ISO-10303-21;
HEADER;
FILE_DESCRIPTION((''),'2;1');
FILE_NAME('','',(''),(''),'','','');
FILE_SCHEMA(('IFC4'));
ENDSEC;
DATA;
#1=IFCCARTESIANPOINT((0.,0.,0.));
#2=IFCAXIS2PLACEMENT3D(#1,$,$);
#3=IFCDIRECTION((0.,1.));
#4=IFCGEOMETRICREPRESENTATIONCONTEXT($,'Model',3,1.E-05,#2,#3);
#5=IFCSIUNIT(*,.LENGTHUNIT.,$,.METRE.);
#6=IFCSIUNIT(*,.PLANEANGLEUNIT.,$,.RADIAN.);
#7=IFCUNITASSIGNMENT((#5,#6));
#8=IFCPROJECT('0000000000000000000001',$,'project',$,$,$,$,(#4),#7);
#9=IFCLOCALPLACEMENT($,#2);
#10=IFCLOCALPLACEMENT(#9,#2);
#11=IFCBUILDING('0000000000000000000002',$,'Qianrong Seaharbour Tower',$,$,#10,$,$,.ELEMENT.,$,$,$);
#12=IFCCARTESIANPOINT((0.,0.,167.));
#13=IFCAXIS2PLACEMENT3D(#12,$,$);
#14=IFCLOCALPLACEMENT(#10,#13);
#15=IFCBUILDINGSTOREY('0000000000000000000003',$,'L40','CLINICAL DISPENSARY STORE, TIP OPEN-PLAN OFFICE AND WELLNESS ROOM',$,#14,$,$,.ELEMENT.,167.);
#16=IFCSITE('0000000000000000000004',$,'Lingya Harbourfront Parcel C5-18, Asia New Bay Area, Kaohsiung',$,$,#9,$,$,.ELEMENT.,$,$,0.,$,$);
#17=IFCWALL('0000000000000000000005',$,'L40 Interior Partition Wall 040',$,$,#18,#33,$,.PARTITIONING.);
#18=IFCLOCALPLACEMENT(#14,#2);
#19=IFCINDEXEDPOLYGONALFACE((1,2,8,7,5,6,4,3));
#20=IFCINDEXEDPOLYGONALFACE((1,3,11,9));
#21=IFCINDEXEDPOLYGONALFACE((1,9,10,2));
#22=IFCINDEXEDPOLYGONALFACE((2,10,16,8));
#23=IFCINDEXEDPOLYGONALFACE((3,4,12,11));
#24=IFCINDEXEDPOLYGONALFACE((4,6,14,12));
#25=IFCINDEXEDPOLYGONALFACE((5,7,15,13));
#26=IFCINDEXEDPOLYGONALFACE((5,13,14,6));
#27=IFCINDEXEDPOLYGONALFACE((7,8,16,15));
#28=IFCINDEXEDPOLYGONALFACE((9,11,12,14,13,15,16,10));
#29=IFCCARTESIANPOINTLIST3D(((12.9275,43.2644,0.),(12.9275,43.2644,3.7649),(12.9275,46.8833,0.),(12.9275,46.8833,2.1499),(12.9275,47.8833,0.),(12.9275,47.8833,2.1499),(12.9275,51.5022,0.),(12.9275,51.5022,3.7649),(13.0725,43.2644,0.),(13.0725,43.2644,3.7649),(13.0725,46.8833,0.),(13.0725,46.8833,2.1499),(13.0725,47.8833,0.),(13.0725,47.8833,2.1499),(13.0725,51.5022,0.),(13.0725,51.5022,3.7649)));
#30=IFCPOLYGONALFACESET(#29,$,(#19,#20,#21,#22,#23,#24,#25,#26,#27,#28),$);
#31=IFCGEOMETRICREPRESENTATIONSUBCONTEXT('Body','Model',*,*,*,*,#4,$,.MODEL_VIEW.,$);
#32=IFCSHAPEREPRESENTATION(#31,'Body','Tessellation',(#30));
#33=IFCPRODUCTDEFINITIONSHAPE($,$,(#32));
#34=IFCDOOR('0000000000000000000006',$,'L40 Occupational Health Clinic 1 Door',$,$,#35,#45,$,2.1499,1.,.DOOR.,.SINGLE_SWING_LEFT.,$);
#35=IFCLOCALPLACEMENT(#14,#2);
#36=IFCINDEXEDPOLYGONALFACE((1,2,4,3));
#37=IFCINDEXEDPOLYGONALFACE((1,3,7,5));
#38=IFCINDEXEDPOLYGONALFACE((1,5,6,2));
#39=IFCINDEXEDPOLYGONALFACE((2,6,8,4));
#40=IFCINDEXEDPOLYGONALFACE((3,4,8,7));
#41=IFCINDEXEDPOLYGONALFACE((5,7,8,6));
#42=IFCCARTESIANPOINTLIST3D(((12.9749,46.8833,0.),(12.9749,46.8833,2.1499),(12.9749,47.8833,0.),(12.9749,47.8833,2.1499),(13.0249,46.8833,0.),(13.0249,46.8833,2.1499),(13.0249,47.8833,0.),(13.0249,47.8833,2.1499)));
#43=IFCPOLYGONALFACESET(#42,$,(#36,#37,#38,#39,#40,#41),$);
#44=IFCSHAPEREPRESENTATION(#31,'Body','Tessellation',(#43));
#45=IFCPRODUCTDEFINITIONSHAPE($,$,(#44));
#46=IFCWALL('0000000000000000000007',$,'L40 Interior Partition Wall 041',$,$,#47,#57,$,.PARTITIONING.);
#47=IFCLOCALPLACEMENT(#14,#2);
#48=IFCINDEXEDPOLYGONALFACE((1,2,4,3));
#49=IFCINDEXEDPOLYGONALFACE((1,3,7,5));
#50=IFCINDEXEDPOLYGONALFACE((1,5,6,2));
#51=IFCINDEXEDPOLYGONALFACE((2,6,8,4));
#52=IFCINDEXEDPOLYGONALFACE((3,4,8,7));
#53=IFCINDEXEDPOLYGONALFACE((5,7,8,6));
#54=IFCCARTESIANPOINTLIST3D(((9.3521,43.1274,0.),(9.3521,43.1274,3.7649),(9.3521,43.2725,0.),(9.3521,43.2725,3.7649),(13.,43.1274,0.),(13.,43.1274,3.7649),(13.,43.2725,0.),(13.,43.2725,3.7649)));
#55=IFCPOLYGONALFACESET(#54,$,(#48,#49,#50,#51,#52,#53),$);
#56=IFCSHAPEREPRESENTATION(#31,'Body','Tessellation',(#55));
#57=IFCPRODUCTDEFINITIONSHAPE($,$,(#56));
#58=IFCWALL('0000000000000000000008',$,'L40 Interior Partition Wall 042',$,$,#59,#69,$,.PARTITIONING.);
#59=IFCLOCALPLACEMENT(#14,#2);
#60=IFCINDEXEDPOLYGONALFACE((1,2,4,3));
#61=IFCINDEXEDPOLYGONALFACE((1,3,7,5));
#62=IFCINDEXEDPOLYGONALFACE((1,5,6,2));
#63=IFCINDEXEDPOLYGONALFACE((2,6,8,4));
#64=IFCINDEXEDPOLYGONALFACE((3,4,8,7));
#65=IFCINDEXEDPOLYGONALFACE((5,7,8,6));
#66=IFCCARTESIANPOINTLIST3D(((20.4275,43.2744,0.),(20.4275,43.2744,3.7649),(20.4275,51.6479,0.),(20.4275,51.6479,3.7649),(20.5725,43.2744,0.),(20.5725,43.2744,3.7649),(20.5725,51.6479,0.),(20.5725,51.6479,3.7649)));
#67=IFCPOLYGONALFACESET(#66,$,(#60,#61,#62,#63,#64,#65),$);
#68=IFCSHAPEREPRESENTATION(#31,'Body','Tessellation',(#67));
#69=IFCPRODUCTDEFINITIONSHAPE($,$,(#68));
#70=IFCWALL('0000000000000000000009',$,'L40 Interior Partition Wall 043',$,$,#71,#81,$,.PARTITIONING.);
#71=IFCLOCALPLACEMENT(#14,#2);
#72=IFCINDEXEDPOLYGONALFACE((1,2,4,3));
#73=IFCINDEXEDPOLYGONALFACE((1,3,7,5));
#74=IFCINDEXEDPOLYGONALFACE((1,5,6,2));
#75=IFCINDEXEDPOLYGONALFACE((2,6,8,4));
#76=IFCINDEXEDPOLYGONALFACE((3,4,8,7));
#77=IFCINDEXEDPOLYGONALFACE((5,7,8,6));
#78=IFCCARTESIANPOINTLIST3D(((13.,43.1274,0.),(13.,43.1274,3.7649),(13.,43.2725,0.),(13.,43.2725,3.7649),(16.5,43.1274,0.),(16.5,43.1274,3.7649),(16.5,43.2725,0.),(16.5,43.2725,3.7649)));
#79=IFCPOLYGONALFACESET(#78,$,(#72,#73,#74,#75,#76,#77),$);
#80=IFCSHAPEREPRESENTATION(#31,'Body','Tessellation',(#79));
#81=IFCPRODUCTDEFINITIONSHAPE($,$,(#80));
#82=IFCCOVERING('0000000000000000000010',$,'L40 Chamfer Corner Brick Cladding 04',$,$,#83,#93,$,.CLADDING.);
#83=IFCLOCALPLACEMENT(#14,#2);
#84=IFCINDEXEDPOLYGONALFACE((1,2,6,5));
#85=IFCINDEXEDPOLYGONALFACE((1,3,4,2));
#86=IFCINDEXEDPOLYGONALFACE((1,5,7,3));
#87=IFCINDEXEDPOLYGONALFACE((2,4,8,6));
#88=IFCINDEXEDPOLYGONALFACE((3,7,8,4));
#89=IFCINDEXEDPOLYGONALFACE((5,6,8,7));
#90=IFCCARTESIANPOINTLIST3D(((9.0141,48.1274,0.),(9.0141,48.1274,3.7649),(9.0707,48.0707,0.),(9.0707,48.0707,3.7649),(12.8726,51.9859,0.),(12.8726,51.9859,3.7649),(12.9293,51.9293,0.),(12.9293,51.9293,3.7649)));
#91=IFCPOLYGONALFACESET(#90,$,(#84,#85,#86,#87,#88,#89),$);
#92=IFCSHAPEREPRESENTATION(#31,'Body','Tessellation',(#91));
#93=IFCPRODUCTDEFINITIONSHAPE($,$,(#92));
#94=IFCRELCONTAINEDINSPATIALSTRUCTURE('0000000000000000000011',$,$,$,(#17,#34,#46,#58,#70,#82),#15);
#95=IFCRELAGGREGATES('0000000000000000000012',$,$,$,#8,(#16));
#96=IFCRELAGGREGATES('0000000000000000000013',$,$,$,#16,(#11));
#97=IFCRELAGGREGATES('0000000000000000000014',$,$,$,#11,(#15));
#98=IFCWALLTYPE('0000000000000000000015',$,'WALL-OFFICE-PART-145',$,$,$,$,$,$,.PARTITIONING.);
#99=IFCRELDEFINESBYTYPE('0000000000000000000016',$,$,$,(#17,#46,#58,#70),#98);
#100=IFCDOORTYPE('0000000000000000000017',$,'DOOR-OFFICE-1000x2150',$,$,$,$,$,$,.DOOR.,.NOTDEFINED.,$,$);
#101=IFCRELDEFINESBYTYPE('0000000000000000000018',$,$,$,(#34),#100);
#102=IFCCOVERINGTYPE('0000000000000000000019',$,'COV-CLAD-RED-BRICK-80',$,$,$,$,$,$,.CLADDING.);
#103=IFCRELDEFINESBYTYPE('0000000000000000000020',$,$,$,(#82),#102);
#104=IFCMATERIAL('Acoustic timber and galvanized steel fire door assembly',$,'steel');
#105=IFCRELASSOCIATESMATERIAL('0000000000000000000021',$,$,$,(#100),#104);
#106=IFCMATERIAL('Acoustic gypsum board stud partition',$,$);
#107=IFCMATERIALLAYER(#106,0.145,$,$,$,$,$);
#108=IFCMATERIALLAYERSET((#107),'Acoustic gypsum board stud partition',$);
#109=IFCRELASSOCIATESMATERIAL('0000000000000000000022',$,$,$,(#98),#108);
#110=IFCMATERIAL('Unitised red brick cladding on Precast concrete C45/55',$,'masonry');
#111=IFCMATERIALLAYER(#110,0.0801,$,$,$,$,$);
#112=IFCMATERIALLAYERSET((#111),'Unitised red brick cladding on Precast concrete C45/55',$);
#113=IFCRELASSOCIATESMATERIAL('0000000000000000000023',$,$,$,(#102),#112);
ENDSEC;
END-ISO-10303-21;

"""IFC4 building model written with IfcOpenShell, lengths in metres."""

from ifc_helpers import new_model, si_unit, direction, frame, frame_2d, origin, origin_2d, place, context, subcontext, project, spatial, rectangle, extrude, material, layer, layer_set, type_object, element, fill, save


model = new_model("IFC4")

# Units and contexts
model_context = context("Model", 3, precision=1e-05, world=origin(), true_north=direction((0.0, 1.0)))
body_context = subcontext(model_context, "Body", "Model", "MODEL_VIEW")
ifc_project = project(units=[si_unit("LENGTHUNIT", "METRE"), si_unit("PLANEANGLEUNIT", "RADIAN")], contexts=[model_context])

# Site, building, storey
site_placement = place(None, origin())
site = spatial("IfcSite", under=ifc_project, at=site_placement, Name="Lingya Harbourfront Parcel C5-18, Asia New Bay Area, Kaohsiung", CompositionType="ELEMENT", RefElevation=0.0)
building_placement = place(site_placement, origin())
building = spatial("IfcBuilding", under=site, at=building_placement, Name="Qianrong Seaharbour Tower", CompositionType="ELEMENT")
storey_placement = place(building_placement, frame((0.0, 0.0, 167.0)))
storey = spatial("IfcBuildingStorey", under=building, at=storey_placement, Name="L40", Description="CLINICAL DISPENSARY STORE, TIP OPEN-PLAN OFFICE AND WELLNESS ROOM", CompositionType="ELEMENT", Elevation=167.0)

# Shared definitions
ifc_material_1 = material(Name="Acoustic timber and galvanized steel fire door assembly", Category="steel")
door_type = type_object("IfcDoorType", Name="DOOR-OFFICE-1000x2150", OperationType="NOTDEFINED", PredefinedType="DOOR", material=ifc_material_1)

# Wall, opening, door
ifc_material_2 = material(Name="Acoustic gypsum board stud partition")
ifc_layer_1 = layer(ifc_material_2, 0.145)
ifc_layer_set_1 = layer_set([ifc_layer_1], Name="Acoustic gypsum board stud partition")
wall_type_1 = type_object("IfcWallType", Name="WALL-OFFICE-PART-145", PredefinedType="PARTITIONING", material=ifc_layer_set_1)
wall_1_placement = place(storey_placement, frame((13.0, 51.5022, 0.0), z_axis=(0.0, 0.0, 1.0), x_axis=(0.0, -1.0, 0.0)))
wall_1 = element("IfcWall", 1, at=wall_1_placement, inside=storey, type_object=wall_type_1, Name="L40 Interior Partition Wall 040", PredefinedType="PARTITIONING", context=body_context, shape_type="SweptSolid", body=[
    extrude(rectangle(XDim=8.2378, YDim=0.145, at=frame_2d((4.1189, 0.0))), origin(), (0.0, 0.0, 1.0), 3.7649),
])
opening_1_placement = place(wall_1_placement, frame((3.6189, 0.0, 0.0)))
opening_1 = element("IfcOpeningElement", 2, at=opening_1_placement, cuts=wall_1, PredefinedType="OPENING", context=body_context, shape_type="SweptSolid", body=[
    extrude(rectangle(XDim=1.0, YDim=2.1499, at=frame_2d((0.5, 1.075))), frame((0.0, 0.0825, 0.0), z_axis=(0.0, -1.0, 0.0), x_axis=(1.0, 0.0, 0.0)), (0.0, 0.0, 1.0), 0.165),
])
door_1_placement = place(opening_1_placement, origin())
door_1 = element("IfcDoor", 3, at=door_1_placement, inside=storey, type_object=door_type, Name="L40 Occupational Health Clinic 1 Door", OperationType="SINGLE_SWING_LEFT", OverallHeight=2.1499, OverallWidth=1.0, PredefinedType="DOOR", context=body_context, shape_type="SweptSolid", body=[
    extrude(rectangle(XDim=1.0, YDim=2.1499, at=frame_2d((0.5, 1.075))), frame((0.0, 0.0249, 0.0), z_axis=(0.0, -1.0, 0.0), x_axis=(1.0, 0.0, 0.0)), (0.0, 0.0, 1.0), 0.05),
])
fill(opening_1, door_1)

# Walls
wall_2_placement = place(storey_placement, frame((13.0, 43.2, 0.0), z_axis=(0.0, 0.0, 1.0), x_axis=(-1.0, 0.0, 0.0)))
element("IfcWall", 4, at=wall_2_placement, inside=storey, type_object=wall_type_1, Name="L40 Interior Partition Wall 041", PredefinedType="PARTITIONING", context=body_context, shape_type="SweptSolid", body=[
    extrude(rectangle(XDim=3.6479, YDim=0.145, at=frame_2d((1.824, 0.0))), origin(), (0.0, 0.0, 1.0), 3.7649),
])
wall_3_placement = place(storey_placement, frame((20.5, 51.6479, 0.0), z_axis=(0.0, 0.0, 1.0), x_axis=(0.0, -1.0, 0.0)))
element("IfcWall", 5, at=wall_3_placement, inside=storey, type_object=wall_type_1, Name="L40 Interior Partition Wall 042", PredefinedType="PARTITIONING", context=body_context, shape_type="SweptSolid", body=[
    extrude(rectangle(XDim=8.3735, YDim=0.145, at=frame_2d((4.1868, 0.0))), origin(), (0.0, 0.0, 1.0), 3.7649),
])
wall_4_placement = place(storey_placement, frame((16.5, 43.2, 0.0), z_axis=(0.0, 0.0, 1.0), x_axis=(-1.0, 0.0, 0.0)))
element("IfcWall", 6, at=wall_4_placement, inside=storey, type_object=wall_type_1, Name="L40 Interior Partition Wall 043", PredefinedType="PARTITIONING", context=body_context, shape_type="SweptSolid", body=[
    extrude(rectangle(XDim=3.5, YDim=0.145, at=frame_2d((1.75, 0.0))), origin(), (0.0, 0.0, 1.0), 3.7649),
])

# Covering
ifc_material_3 = material(Name="Unitised red brick cladding on Precast concrete C45/55", Category="masonry")
ifc_layer_2 = layer(ifc_material_3, 0.0801)
ifc_layer_set_2 = layer_set([ifc_layer_2], Name="Unitised red brick cladding on Precast concrete C45/55")
covering_type = type_object("IfcCoveringType", Name="COV-CLAD-RED-BRICK-80", PredefinedType="CLADDING", material=ifc_layer_set_2)
covering_placement = place(storey_placement, frame((10.9717, 50.0283, 0.0), z_axis=(0.0, 0.0, 1.0), x_axis=(0.707107, 0.707107, 0.0)))
element("IfcCovering", 7, at=covering_placement, inside=storey, type_object=covering_type, Name="L40 Chamfer Corner Brick Cladding 04", PredefinedType="CLADDING", context=body_context, shape_type="SweptSolid", body=[
    extrude(rectangle(XDim=5.4568, YDim=0.0801, at=origin_2d()), origin(), (0.0, 0.0, 1.0), 3.7649),
])

save(model, "model.ifc")
